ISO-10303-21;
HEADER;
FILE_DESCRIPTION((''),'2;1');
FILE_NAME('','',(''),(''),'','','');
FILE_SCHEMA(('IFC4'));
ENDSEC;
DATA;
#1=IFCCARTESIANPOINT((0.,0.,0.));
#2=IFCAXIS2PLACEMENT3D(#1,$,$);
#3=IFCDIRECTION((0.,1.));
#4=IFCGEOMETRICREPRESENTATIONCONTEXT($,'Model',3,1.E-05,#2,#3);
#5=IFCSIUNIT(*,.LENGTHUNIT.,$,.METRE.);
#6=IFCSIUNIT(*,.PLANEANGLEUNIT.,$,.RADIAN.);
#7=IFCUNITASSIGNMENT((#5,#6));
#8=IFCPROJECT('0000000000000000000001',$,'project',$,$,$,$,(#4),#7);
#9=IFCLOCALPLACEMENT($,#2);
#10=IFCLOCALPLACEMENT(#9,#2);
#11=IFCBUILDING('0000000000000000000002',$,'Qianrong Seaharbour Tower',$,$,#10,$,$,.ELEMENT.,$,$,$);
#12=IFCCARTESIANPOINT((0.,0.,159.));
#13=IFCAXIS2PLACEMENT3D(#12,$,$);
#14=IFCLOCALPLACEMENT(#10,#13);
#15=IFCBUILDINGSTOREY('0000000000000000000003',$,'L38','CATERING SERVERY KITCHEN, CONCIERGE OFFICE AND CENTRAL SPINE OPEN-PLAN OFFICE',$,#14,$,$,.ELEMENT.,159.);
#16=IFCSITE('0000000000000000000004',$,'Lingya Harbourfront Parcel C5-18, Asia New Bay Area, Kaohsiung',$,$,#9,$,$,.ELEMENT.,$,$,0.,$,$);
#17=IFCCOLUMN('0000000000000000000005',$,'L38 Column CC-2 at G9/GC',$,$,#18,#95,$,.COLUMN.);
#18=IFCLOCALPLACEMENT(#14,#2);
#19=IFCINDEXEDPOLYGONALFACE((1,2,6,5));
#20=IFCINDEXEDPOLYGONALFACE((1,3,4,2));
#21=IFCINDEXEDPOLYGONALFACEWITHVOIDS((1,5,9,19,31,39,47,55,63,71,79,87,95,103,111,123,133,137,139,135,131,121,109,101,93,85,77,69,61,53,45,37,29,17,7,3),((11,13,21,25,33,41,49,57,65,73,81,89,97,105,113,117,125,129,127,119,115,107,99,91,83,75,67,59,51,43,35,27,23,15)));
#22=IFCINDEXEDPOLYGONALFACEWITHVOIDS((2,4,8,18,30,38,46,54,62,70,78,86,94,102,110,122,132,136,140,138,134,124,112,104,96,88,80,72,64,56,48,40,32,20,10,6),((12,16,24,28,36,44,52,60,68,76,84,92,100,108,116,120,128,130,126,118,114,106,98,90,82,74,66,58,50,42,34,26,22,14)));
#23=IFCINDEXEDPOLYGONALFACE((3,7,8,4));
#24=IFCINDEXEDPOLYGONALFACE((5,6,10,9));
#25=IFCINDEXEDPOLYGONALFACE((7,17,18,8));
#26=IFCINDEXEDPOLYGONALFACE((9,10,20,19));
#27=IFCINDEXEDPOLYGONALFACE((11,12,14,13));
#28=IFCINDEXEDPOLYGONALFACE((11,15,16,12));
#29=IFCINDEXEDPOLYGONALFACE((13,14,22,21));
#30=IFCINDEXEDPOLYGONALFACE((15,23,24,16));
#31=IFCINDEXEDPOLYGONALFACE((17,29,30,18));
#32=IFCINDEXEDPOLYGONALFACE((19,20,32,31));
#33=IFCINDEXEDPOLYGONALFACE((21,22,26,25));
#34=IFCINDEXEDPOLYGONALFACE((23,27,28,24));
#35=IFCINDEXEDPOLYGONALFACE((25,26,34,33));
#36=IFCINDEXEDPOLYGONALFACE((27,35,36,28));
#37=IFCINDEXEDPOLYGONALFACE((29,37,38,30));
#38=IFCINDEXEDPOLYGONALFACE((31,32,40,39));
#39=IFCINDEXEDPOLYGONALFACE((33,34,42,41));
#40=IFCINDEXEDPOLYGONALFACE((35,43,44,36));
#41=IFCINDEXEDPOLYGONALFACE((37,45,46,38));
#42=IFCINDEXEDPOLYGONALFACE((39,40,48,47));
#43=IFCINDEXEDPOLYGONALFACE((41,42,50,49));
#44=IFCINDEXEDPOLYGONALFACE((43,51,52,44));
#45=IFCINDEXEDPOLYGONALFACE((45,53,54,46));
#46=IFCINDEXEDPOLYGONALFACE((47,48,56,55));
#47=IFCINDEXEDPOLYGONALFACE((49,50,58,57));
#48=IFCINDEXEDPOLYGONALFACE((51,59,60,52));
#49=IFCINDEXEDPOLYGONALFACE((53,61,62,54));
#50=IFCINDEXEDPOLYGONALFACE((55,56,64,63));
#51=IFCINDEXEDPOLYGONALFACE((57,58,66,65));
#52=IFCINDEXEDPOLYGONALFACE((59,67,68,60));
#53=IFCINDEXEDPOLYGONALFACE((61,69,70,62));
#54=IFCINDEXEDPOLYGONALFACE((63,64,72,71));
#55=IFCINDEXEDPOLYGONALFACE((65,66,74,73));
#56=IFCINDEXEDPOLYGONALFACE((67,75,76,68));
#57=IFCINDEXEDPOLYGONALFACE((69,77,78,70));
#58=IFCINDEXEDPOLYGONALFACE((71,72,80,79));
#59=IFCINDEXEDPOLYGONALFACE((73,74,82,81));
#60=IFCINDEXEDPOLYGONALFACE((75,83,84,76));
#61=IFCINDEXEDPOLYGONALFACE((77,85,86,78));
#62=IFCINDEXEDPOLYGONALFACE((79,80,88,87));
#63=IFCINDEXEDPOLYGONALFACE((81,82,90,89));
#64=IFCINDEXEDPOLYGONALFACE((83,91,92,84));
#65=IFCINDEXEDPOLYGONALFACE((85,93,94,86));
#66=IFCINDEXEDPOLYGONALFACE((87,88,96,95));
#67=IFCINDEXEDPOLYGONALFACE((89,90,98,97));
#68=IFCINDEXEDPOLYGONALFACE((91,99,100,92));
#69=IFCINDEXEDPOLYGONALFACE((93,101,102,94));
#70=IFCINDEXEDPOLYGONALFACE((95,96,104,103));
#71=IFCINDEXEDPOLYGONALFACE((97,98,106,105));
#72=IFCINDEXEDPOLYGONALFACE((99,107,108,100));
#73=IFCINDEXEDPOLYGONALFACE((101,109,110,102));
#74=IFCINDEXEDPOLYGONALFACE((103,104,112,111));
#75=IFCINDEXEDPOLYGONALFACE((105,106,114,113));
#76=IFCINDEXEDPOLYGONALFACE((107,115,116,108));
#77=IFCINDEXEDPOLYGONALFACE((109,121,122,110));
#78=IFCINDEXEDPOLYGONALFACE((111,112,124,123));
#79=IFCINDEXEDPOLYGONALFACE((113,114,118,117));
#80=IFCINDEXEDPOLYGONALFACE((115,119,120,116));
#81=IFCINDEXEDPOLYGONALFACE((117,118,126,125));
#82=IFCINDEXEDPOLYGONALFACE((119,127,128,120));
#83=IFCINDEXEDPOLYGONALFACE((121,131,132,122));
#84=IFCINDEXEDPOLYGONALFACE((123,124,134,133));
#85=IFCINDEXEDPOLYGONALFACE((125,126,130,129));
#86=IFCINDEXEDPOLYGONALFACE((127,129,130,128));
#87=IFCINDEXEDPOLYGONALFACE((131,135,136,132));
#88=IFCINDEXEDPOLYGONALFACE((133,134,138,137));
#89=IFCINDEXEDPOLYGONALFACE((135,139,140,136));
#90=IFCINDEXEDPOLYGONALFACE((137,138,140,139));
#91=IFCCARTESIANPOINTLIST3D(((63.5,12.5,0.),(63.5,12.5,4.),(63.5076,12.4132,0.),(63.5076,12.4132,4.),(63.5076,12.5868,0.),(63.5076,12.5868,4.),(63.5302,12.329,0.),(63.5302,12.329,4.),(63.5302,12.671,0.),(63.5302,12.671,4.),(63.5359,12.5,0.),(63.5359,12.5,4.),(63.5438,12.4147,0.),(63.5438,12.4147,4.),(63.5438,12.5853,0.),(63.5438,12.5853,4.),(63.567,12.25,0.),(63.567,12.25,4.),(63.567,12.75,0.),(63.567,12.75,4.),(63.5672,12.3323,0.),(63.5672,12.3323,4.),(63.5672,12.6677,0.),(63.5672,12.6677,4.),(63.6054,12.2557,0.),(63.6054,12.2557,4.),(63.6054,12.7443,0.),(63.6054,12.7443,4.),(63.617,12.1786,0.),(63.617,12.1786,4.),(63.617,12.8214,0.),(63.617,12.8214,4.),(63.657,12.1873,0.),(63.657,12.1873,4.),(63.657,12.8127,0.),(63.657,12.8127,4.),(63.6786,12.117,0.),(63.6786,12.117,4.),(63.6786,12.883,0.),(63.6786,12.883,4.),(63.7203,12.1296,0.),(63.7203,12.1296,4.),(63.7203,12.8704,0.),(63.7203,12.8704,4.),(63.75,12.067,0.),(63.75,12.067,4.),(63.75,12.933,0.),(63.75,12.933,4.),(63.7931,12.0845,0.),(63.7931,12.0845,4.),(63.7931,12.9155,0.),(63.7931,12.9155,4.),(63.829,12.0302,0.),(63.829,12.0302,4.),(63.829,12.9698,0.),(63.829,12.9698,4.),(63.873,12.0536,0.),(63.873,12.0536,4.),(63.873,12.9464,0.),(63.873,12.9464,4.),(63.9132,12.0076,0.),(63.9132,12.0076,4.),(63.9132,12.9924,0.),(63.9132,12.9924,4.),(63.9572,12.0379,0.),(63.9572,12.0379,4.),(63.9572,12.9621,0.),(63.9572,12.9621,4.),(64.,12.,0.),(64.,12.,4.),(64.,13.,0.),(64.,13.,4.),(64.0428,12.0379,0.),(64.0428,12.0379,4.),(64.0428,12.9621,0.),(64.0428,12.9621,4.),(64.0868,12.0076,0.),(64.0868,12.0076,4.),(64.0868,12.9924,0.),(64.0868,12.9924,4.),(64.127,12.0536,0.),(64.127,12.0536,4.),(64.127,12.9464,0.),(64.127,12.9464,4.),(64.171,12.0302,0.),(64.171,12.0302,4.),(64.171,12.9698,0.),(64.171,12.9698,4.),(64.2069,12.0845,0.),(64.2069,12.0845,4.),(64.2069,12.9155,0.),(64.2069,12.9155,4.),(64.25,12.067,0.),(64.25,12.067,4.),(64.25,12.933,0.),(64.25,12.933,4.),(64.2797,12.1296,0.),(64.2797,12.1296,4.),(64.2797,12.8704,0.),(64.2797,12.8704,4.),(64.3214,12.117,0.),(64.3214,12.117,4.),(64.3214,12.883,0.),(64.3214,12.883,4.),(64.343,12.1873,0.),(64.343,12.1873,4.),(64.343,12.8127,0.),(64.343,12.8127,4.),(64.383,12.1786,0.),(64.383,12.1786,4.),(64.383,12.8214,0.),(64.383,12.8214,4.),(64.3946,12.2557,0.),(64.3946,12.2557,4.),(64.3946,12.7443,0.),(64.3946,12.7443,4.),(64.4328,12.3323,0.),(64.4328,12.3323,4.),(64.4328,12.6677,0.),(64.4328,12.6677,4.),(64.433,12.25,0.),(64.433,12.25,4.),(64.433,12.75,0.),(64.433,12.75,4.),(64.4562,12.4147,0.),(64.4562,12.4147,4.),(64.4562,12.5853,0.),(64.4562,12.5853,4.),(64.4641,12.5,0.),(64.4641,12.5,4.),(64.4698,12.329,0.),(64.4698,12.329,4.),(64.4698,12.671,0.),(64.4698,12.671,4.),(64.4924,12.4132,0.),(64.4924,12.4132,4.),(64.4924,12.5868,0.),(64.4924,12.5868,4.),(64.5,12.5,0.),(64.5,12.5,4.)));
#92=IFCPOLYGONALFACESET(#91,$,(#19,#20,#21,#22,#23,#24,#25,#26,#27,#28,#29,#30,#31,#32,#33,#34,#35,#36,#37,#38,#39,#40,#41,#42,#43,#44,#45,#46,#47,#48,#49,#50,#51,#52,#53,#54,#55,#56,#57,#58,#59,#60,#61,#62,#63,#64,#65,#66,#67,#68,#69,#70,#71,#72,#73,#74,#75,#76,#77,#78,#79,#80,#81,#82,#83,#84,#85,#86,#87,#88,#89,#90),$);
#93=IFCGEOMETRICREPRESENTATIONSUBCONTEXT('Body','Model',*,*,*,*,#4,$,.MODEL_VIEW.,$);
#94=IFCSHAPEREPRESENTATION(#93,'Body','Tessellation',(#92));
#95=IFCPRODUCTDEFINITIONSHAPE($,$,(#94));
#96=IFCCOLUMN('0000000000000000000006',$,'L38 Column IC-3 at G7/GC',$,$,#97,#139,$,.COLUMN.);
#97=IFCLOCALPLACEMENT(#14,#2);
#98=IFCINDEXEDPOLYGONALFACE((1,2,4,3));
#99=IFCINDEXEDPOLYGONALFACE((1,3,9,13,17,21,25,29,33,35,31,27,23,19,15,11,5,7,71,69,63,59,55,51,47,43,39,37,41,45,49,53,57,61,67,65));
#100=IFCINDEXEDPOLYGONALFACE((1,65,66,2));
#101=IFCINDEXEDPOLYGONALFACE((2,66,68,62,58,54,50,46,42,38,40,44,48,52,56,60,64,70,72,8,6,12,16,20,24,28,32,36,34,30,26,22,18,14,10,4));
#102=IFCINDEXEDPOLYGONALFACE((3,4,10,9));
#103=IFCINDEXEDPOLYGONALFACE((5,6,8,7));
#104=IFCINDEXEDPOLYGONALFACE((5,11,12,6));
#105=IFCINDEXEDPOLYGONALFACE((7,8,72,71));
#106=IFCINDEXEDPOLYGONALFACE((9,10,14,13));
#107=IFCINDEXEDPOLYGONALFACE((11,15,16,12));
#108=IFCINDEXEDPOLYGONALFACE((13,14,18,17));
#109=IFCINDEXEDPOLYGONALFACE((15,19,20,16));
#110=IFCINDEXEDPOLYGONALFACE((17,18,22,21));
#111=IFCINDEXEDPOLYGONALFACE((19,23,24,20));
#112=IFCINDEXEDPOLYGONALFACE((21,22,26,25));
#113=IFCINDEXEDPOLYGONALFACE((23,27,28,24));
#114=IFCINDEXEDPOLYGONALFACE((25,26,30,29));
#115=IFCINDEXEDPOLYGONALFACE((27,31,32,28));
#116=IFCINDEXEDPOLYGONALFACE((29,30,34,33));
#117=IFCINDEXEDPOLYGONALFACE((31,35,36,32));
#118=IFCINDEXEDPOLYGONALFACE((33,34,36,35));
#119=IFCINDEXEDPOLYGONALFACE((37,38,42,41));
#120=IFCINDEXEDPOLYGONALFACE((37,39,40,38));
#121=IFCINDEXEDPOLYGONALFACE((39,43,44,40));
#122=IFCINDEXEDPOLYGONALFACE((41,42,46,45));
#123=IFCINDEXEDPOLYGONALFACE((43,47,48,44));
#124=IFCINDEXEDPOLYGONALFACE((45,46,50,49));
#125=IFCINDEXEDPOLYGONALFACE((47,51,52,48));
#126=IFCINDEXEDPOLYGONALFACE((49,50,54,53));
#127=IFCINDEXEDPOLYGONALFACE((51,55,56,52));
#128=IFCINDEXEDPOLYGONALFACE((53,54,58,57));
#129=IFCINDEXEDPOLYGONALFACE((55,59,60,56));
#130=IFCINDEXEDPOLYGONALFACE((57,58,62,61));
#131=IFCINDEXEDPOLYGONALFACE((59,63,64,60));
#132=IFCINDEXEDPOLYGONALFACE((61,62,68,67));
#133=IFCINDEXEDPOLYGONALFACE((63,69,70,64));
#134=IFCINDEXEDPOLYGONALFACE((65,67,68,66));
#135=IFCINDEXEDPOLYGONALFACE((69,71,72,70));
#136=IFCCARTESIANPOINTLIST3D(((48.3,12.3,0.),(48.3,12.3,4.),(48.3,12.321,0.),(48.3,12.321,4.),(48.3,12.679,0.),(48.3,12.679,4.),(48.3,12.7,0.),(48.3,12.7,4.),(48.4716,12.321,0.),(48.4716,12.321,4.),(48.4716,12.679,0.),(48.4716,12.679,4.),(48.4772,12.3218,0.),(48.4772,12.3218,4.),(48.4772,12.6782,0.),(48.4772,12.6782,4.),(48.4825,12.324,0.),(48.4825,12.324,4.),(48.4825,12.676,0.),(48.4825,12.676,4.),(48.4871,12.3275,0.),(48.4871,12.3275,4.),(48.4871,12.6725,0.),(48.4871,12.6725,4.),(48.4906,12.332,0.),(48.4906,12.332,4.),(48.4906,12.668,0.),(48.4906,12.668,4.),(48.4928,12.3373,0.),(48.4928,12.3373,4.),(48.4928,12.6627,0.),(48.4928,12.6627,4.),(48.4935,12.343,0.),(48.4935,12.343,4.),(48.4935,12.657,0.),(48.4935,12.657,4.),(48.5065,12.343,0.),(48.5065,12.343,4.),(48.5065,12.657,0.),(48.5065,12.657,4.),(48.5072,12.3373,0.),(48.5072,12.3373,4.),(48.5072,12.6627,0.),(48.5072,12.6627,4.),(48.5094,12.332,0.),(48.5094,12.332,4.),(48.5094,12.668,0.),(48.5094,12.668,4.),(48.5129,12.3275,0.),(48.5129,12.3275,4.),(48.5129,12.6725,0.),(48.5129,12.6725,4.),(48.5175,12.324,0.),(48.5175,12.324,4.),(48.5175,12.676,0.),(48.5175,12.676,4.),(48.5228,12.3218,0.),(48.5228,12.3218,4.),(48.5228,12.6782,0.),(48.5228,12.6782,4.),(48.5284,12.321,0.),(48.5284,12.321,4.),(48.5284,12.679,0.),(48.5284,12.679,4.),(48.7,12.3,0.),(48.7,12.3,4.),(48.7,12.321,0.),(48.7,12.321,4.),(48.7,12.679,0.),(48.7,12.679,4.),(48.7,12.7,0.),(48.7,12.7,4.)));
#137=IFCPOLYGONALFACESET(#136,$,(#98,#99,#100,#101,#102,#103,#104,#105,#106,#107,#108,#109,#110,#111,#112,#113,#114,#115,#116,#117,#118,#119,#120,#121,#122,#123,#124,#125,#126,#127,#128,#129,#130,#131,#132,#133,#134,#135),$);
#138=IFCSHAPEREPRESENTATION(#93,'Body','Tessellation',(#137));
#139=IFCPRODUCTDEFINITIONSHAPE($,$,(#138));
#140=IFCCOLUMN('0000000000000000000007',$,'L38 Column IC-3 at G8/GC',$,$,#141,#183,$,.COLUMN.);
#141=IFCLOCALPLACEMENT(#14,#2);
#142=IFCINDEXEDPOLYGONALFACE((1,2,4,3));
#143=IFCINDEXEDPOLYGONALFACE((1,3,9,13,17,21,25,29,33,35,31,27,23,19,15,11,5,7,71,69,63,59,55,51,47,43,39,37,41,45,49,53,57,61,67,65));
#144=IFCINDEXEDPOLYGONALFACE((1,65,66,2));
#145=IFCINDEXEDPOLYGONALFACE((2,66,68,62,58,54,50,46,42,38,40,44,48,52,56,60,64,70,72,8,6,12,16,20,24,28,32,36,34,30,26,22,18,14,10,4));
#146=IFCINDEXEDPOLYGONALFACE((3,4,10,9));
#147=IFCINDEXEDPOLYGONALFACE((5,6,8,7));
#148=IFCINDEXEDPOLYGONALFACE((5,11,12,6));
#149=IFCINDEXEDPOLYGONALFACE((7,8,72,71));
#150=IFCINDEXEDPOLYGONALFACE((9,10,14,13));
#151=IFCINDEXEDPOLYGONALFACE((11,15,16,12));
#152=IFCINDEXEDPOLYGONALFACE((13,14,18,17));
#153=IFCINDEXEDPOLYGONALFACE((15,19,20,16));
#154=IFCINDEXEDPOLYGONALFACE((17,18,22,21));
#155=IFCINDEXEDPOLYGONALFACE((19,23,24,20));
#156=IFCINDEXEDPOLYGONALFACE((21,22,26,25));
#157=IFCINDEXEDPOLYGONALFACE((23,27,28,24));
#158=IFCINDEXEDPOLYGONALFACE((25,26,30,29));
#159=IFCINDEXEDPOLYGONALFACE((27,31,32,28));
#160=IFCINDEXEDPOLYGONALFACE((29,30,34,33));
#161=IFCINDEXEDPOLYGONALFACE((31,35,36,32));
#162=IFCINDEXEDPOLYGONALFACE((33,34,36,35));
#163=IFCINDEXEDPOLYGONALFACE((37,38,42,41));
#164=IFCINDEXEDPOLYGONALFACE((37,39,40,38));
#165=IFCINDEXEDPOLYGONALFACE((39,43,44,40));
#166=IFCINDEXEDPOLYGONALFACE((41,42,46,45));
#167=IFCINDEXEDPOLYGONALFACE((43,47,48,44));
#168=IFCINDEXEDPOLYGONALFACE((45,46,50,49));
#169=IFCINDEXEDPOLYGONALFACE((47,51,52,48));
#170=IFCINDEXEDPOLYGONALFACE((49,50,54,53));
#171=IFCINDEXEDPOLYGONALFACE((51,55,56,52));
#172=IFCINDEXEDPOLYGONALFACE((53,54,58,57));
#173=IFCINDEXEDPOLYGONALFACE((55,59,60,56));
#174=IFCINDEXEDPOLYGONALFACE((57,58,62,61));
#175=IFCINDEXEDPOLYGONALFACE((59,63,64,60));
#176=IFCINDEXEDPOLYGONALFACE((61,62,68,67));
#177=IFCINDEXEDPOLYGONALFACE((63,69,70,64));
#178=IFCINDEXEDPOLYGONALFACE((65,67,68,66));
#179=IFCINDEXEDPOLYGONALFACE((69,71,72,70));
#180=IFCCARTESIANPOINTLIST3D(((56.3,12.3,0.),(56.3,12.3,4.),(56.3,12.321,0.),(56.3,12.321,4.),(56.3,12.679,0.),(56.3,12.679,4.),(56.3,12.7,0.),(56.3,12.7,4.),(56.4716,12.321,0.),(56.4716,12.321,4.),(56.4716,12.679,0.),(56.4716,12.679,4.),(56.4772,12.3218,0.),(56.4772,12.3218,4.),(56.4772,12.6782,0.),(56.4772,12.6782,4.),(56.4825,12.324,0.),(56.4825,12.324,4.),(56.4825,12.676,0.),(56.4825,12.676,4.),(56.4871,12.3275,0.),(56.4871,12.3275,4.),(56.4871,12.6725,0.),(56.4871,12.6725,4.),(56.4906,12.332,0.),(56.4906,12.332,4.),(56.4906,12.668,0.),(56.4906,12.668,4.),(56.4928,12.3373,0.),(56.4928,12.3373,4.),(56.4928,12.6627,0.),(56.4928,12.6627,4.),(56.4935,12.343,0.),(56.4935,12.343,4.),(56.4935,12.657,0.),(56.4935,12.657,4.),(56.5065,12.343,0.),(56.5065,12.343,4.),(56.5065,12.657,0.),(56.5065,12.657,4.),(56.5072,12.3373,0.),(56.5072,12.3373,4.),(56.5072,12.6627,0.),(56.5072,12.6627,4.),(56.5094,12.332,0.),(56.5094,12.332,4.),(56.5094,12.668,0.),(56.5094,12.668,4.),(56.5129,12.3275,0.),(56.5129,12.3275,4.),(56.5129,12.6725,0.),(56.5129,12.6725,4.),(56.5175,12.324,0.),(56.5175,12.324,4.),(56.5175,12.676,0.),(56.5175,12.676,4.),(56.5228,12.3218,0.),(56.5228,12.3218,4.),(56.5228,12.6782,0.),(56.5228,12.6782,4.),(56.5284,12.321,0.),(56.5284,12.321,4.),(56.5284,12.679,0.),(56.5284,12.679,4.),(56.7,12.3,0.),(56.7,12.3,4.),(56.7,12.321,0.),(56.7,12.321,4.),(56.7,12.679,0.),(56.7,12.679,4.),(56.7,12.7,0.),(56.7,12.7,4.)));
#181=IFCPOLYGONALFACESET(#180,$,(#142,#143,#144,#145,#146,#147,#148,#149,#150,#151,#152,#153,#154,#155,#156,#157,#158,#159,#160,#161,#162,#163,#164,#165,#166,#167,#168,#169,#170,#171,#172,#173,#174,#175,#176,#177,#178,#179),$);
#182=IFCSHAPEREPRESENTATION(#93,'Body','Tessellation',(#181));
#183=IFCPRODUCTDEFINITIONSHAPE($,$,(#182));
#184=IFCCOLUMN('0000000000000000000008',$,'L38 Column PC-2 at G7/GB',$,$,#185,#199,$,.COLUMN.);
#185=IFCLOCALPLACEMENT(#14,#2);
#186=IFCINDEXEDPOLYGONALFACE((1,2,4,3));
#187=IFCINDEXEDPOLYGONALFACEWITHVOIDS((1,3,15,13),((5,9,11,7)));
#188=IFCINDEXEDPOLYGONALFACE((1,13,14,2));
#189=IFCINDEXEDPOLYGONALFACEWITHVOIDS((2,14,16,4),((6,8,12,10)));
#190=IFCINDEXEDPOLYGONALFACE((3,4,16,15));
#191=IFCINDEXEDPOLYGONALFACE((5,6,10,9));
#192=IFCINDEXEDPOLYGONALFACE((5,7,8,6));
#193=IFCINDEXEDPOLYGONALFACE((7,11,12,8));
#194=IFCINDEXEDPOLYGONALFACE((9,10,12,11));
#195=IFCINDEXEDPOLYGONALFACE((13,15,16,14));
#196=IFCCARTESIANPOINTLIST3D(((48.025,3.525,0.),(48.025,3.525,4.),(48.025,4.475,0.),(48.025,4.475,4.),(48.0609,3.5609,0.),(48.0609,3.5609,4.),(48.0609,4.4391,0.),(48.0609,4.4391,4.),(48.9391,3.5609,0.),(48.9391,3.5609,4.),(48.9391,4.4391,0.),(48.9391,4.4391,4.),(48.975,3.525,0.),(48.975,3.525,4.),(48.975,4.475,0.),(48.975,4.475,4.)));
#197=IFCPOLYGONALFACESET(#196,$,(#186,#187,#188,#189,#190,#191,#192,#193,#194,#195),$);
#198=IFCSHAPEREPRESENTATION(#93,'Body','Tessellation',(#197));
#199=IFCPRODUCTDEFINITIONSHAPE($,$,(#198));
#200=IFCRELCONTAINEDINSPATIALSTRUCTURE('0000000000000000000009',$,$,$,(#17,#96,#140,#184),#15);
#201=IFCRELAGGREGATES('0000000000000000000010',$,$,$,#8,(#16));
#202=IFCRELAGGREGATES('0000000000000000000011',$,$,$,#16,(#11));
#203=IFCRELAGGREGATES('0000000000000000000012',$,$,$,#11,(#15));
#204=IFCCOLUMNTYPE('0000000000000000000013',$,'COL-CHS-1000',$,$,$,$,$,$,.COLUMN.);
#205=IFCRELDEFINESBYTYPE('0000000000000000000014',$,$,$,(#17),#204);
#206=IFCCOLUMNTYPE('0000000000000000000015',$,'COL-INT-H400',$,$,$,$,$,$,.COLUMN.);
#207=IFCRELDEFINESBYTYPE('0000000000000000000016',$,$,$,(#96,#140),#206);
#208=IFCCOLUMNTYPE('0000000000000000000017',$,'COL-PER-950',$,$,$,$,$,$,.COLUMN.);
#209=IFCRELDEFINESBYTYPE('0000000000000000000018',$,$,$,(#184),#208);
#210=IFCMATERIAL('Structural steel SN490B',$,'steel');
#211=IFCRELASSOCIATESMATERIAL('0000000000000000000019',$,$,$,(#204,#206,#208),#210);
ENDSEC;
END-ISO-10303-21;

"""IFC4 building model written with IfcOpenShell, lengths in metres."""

from ifc_helpers import new_model, si_unit, direction, frame, origin, origin_2d, place, context, subcontext, project, spatial, hollow_rectangle, hollow_circle, i_section, extrude, material, material_profile, profile_set, type_object, element, save


model = new_model("IFC4")

# Units and contexts
model_context = context("Model", 3, precision=1e-05, world=origin(), true_north=direction((0.0, 1.0)))
body_context = subcontext(model_context, "Body", "Model", "MODEL_VIEW")
ifc_project = project(units=[si_unit("LENGTHUNIT", "METRE"), si_unit("PLANEANGLEUNIT", "RADIAN")], contexts=[model_context])

# Site, building, storey
site_placement = place(None, origin())
site = spatial("IfcSite", under=ifc_project, at=site_placement, Name="Lingya Harbourfront Parcel C5-18, Asia New Bay Area, Kaohsiung", CompositionType="ELEMENT", RefElevation=0.0)
building_placement = place(site_placement, origin())
building = spatial("IfcBuilding", under=site, at=building_placement, Name="Qianrong Seaharbour Tower", CompositionType="ELEMENT")
storey_placement = place(building_placement, frame((0.0, 0.0, 159.0)))
storey = spatial("IfcBuildingStorey", under=building, at=storey_placement, Name="L38", Description="CATERING SERVERY KITCHEN, CONCIERGE OFFICE AND CENTRAL SPINE OPEN-PLAN OFFICE", CompositionType="ELEMENT", Elevation=159.0)

# Columns
ifc_material_1 = material(Name="Structural steel SN490B", Category="steel")
ifc_material_profile_1 = material_profile(ifc_material_1, hollow_circle(Radius=0.5, WallThickness=0.0359, at=origin_2d()), Name="CHS1000x36")
ifc_profile_set_1 = profile_set([ifc_material_profile_1], Name="Structural steel SN490B")
column_type_1 = type_object("IfcColumnType", Name="COL-CHS-1000", PredefinedType="COLUMN", material=ifc_profile_set_1)
column_placement = place(storey_placement, frame((64.0, 12.5, 0.0), z_axis=(0.0, 0.0, 1.0), x_axis=(1.0, 0.0, 0.0)))
element("IfcColumn", 1, at=column_placement, inside=storey, type_object=column_type_1, Name="L38 Column CC-2 at G9/GC", PredefinedType="COLUMN", context=body_context, shape_type="SweptSolid", body=[
    extrude(hollow_circle(Radius=0.5, WallThickness=0.0359, at=origin_2d()), origin(), (0.0, 0.0, 1.0), 4.0),
])
ifc_material_profile_2 = material_profile(ifc_material_1, i_section(OverallWidth=0.3999, OverallDepth=0.3999, WebThickness=0.0129, FlangeThickness=0.021, FilletRadius=0.022, at=origin_2d()), Name="H400x400x13x21")
ifc_profile_set_2 = profile_set([ifc_material_profile_2], Name="Structural steel SN490B")
column_type_2 = type_object("IfcColumnType", Name="COL-INT-H400", PredefinedType="COLUMN", material=ifc_profile_set_2)
for number, where, z_axis, x_axis, name in (
    (2, (48.5, 12.5, 0.0), (0.0, 0.0, 1.0), (1.0, 0.0, 0.0), "L38 Column IC-3 at G7/GC"),
    (3, (56.5, 12.5, 0.0), (0.0, 0.0, 1.0), (1.0, 0.0, 0.0), "L38 Column IC-3 at G8/GC"),
):
    element("IfcColumn", number, at=place(storey_placement, frame(where, z_axis=z_axis, x_axis=x_axis)), inside=storey, type_object=column_type_2, Name=name, PredefinedType="COLUMN", context=body_context, shape_type="SweptSolid", body=[
        extrude(i_section(OverallWidth=0.3999, OverallDepth=0.3999, WebThickness=0.0129, FlangeThickness=0.021, FilletRadius=0.022, at=origin_2d()), origin(), (0.0, 0.0, 1.0), 4.0),
    ])
ifc_material_profile_3 = material_profile(ifc_material_1, hollow_rectangle(XDim=0.95, YDim=0.95, WallThickness=0.0359, at=origin_2d()), Name="BOX950x950x36")
ifc_profile_set_3 = profile_set([ifc_material_profile_3], Name="Structural steel SN490B")
column_type_3 = type_object("IfcColumnType", Name="COL-PER-950", PredefinedType="COLUMN", material=ifc_profile_set_3)
for number, where, z_axis, x_axis, name in (
    (4, (48.5, 4.0, 0.0), (0.0, 0.0, 1.0), (1.0, 0.0, 0.0), "L38 Column PC-2 at G7/GB"),
):
    element("IfcColumn", number, at=place(storey_placement, frame(where, z_axis=z_axis, x_axis=x_axis)), inside=storey, type_object=column_type_3, Name=name, PredefinedType="COLUMN", context=body_context, shape_type="SweptSolid", body=[
        extrude(hollow_rectangle(XDim=0.95, YDim=0.95, WallThickness=0.0359, at=origin_2d()), origin(), (0.0, 0.0, 1.0), 4.0),
    ])

save(model, "model.ifc")
